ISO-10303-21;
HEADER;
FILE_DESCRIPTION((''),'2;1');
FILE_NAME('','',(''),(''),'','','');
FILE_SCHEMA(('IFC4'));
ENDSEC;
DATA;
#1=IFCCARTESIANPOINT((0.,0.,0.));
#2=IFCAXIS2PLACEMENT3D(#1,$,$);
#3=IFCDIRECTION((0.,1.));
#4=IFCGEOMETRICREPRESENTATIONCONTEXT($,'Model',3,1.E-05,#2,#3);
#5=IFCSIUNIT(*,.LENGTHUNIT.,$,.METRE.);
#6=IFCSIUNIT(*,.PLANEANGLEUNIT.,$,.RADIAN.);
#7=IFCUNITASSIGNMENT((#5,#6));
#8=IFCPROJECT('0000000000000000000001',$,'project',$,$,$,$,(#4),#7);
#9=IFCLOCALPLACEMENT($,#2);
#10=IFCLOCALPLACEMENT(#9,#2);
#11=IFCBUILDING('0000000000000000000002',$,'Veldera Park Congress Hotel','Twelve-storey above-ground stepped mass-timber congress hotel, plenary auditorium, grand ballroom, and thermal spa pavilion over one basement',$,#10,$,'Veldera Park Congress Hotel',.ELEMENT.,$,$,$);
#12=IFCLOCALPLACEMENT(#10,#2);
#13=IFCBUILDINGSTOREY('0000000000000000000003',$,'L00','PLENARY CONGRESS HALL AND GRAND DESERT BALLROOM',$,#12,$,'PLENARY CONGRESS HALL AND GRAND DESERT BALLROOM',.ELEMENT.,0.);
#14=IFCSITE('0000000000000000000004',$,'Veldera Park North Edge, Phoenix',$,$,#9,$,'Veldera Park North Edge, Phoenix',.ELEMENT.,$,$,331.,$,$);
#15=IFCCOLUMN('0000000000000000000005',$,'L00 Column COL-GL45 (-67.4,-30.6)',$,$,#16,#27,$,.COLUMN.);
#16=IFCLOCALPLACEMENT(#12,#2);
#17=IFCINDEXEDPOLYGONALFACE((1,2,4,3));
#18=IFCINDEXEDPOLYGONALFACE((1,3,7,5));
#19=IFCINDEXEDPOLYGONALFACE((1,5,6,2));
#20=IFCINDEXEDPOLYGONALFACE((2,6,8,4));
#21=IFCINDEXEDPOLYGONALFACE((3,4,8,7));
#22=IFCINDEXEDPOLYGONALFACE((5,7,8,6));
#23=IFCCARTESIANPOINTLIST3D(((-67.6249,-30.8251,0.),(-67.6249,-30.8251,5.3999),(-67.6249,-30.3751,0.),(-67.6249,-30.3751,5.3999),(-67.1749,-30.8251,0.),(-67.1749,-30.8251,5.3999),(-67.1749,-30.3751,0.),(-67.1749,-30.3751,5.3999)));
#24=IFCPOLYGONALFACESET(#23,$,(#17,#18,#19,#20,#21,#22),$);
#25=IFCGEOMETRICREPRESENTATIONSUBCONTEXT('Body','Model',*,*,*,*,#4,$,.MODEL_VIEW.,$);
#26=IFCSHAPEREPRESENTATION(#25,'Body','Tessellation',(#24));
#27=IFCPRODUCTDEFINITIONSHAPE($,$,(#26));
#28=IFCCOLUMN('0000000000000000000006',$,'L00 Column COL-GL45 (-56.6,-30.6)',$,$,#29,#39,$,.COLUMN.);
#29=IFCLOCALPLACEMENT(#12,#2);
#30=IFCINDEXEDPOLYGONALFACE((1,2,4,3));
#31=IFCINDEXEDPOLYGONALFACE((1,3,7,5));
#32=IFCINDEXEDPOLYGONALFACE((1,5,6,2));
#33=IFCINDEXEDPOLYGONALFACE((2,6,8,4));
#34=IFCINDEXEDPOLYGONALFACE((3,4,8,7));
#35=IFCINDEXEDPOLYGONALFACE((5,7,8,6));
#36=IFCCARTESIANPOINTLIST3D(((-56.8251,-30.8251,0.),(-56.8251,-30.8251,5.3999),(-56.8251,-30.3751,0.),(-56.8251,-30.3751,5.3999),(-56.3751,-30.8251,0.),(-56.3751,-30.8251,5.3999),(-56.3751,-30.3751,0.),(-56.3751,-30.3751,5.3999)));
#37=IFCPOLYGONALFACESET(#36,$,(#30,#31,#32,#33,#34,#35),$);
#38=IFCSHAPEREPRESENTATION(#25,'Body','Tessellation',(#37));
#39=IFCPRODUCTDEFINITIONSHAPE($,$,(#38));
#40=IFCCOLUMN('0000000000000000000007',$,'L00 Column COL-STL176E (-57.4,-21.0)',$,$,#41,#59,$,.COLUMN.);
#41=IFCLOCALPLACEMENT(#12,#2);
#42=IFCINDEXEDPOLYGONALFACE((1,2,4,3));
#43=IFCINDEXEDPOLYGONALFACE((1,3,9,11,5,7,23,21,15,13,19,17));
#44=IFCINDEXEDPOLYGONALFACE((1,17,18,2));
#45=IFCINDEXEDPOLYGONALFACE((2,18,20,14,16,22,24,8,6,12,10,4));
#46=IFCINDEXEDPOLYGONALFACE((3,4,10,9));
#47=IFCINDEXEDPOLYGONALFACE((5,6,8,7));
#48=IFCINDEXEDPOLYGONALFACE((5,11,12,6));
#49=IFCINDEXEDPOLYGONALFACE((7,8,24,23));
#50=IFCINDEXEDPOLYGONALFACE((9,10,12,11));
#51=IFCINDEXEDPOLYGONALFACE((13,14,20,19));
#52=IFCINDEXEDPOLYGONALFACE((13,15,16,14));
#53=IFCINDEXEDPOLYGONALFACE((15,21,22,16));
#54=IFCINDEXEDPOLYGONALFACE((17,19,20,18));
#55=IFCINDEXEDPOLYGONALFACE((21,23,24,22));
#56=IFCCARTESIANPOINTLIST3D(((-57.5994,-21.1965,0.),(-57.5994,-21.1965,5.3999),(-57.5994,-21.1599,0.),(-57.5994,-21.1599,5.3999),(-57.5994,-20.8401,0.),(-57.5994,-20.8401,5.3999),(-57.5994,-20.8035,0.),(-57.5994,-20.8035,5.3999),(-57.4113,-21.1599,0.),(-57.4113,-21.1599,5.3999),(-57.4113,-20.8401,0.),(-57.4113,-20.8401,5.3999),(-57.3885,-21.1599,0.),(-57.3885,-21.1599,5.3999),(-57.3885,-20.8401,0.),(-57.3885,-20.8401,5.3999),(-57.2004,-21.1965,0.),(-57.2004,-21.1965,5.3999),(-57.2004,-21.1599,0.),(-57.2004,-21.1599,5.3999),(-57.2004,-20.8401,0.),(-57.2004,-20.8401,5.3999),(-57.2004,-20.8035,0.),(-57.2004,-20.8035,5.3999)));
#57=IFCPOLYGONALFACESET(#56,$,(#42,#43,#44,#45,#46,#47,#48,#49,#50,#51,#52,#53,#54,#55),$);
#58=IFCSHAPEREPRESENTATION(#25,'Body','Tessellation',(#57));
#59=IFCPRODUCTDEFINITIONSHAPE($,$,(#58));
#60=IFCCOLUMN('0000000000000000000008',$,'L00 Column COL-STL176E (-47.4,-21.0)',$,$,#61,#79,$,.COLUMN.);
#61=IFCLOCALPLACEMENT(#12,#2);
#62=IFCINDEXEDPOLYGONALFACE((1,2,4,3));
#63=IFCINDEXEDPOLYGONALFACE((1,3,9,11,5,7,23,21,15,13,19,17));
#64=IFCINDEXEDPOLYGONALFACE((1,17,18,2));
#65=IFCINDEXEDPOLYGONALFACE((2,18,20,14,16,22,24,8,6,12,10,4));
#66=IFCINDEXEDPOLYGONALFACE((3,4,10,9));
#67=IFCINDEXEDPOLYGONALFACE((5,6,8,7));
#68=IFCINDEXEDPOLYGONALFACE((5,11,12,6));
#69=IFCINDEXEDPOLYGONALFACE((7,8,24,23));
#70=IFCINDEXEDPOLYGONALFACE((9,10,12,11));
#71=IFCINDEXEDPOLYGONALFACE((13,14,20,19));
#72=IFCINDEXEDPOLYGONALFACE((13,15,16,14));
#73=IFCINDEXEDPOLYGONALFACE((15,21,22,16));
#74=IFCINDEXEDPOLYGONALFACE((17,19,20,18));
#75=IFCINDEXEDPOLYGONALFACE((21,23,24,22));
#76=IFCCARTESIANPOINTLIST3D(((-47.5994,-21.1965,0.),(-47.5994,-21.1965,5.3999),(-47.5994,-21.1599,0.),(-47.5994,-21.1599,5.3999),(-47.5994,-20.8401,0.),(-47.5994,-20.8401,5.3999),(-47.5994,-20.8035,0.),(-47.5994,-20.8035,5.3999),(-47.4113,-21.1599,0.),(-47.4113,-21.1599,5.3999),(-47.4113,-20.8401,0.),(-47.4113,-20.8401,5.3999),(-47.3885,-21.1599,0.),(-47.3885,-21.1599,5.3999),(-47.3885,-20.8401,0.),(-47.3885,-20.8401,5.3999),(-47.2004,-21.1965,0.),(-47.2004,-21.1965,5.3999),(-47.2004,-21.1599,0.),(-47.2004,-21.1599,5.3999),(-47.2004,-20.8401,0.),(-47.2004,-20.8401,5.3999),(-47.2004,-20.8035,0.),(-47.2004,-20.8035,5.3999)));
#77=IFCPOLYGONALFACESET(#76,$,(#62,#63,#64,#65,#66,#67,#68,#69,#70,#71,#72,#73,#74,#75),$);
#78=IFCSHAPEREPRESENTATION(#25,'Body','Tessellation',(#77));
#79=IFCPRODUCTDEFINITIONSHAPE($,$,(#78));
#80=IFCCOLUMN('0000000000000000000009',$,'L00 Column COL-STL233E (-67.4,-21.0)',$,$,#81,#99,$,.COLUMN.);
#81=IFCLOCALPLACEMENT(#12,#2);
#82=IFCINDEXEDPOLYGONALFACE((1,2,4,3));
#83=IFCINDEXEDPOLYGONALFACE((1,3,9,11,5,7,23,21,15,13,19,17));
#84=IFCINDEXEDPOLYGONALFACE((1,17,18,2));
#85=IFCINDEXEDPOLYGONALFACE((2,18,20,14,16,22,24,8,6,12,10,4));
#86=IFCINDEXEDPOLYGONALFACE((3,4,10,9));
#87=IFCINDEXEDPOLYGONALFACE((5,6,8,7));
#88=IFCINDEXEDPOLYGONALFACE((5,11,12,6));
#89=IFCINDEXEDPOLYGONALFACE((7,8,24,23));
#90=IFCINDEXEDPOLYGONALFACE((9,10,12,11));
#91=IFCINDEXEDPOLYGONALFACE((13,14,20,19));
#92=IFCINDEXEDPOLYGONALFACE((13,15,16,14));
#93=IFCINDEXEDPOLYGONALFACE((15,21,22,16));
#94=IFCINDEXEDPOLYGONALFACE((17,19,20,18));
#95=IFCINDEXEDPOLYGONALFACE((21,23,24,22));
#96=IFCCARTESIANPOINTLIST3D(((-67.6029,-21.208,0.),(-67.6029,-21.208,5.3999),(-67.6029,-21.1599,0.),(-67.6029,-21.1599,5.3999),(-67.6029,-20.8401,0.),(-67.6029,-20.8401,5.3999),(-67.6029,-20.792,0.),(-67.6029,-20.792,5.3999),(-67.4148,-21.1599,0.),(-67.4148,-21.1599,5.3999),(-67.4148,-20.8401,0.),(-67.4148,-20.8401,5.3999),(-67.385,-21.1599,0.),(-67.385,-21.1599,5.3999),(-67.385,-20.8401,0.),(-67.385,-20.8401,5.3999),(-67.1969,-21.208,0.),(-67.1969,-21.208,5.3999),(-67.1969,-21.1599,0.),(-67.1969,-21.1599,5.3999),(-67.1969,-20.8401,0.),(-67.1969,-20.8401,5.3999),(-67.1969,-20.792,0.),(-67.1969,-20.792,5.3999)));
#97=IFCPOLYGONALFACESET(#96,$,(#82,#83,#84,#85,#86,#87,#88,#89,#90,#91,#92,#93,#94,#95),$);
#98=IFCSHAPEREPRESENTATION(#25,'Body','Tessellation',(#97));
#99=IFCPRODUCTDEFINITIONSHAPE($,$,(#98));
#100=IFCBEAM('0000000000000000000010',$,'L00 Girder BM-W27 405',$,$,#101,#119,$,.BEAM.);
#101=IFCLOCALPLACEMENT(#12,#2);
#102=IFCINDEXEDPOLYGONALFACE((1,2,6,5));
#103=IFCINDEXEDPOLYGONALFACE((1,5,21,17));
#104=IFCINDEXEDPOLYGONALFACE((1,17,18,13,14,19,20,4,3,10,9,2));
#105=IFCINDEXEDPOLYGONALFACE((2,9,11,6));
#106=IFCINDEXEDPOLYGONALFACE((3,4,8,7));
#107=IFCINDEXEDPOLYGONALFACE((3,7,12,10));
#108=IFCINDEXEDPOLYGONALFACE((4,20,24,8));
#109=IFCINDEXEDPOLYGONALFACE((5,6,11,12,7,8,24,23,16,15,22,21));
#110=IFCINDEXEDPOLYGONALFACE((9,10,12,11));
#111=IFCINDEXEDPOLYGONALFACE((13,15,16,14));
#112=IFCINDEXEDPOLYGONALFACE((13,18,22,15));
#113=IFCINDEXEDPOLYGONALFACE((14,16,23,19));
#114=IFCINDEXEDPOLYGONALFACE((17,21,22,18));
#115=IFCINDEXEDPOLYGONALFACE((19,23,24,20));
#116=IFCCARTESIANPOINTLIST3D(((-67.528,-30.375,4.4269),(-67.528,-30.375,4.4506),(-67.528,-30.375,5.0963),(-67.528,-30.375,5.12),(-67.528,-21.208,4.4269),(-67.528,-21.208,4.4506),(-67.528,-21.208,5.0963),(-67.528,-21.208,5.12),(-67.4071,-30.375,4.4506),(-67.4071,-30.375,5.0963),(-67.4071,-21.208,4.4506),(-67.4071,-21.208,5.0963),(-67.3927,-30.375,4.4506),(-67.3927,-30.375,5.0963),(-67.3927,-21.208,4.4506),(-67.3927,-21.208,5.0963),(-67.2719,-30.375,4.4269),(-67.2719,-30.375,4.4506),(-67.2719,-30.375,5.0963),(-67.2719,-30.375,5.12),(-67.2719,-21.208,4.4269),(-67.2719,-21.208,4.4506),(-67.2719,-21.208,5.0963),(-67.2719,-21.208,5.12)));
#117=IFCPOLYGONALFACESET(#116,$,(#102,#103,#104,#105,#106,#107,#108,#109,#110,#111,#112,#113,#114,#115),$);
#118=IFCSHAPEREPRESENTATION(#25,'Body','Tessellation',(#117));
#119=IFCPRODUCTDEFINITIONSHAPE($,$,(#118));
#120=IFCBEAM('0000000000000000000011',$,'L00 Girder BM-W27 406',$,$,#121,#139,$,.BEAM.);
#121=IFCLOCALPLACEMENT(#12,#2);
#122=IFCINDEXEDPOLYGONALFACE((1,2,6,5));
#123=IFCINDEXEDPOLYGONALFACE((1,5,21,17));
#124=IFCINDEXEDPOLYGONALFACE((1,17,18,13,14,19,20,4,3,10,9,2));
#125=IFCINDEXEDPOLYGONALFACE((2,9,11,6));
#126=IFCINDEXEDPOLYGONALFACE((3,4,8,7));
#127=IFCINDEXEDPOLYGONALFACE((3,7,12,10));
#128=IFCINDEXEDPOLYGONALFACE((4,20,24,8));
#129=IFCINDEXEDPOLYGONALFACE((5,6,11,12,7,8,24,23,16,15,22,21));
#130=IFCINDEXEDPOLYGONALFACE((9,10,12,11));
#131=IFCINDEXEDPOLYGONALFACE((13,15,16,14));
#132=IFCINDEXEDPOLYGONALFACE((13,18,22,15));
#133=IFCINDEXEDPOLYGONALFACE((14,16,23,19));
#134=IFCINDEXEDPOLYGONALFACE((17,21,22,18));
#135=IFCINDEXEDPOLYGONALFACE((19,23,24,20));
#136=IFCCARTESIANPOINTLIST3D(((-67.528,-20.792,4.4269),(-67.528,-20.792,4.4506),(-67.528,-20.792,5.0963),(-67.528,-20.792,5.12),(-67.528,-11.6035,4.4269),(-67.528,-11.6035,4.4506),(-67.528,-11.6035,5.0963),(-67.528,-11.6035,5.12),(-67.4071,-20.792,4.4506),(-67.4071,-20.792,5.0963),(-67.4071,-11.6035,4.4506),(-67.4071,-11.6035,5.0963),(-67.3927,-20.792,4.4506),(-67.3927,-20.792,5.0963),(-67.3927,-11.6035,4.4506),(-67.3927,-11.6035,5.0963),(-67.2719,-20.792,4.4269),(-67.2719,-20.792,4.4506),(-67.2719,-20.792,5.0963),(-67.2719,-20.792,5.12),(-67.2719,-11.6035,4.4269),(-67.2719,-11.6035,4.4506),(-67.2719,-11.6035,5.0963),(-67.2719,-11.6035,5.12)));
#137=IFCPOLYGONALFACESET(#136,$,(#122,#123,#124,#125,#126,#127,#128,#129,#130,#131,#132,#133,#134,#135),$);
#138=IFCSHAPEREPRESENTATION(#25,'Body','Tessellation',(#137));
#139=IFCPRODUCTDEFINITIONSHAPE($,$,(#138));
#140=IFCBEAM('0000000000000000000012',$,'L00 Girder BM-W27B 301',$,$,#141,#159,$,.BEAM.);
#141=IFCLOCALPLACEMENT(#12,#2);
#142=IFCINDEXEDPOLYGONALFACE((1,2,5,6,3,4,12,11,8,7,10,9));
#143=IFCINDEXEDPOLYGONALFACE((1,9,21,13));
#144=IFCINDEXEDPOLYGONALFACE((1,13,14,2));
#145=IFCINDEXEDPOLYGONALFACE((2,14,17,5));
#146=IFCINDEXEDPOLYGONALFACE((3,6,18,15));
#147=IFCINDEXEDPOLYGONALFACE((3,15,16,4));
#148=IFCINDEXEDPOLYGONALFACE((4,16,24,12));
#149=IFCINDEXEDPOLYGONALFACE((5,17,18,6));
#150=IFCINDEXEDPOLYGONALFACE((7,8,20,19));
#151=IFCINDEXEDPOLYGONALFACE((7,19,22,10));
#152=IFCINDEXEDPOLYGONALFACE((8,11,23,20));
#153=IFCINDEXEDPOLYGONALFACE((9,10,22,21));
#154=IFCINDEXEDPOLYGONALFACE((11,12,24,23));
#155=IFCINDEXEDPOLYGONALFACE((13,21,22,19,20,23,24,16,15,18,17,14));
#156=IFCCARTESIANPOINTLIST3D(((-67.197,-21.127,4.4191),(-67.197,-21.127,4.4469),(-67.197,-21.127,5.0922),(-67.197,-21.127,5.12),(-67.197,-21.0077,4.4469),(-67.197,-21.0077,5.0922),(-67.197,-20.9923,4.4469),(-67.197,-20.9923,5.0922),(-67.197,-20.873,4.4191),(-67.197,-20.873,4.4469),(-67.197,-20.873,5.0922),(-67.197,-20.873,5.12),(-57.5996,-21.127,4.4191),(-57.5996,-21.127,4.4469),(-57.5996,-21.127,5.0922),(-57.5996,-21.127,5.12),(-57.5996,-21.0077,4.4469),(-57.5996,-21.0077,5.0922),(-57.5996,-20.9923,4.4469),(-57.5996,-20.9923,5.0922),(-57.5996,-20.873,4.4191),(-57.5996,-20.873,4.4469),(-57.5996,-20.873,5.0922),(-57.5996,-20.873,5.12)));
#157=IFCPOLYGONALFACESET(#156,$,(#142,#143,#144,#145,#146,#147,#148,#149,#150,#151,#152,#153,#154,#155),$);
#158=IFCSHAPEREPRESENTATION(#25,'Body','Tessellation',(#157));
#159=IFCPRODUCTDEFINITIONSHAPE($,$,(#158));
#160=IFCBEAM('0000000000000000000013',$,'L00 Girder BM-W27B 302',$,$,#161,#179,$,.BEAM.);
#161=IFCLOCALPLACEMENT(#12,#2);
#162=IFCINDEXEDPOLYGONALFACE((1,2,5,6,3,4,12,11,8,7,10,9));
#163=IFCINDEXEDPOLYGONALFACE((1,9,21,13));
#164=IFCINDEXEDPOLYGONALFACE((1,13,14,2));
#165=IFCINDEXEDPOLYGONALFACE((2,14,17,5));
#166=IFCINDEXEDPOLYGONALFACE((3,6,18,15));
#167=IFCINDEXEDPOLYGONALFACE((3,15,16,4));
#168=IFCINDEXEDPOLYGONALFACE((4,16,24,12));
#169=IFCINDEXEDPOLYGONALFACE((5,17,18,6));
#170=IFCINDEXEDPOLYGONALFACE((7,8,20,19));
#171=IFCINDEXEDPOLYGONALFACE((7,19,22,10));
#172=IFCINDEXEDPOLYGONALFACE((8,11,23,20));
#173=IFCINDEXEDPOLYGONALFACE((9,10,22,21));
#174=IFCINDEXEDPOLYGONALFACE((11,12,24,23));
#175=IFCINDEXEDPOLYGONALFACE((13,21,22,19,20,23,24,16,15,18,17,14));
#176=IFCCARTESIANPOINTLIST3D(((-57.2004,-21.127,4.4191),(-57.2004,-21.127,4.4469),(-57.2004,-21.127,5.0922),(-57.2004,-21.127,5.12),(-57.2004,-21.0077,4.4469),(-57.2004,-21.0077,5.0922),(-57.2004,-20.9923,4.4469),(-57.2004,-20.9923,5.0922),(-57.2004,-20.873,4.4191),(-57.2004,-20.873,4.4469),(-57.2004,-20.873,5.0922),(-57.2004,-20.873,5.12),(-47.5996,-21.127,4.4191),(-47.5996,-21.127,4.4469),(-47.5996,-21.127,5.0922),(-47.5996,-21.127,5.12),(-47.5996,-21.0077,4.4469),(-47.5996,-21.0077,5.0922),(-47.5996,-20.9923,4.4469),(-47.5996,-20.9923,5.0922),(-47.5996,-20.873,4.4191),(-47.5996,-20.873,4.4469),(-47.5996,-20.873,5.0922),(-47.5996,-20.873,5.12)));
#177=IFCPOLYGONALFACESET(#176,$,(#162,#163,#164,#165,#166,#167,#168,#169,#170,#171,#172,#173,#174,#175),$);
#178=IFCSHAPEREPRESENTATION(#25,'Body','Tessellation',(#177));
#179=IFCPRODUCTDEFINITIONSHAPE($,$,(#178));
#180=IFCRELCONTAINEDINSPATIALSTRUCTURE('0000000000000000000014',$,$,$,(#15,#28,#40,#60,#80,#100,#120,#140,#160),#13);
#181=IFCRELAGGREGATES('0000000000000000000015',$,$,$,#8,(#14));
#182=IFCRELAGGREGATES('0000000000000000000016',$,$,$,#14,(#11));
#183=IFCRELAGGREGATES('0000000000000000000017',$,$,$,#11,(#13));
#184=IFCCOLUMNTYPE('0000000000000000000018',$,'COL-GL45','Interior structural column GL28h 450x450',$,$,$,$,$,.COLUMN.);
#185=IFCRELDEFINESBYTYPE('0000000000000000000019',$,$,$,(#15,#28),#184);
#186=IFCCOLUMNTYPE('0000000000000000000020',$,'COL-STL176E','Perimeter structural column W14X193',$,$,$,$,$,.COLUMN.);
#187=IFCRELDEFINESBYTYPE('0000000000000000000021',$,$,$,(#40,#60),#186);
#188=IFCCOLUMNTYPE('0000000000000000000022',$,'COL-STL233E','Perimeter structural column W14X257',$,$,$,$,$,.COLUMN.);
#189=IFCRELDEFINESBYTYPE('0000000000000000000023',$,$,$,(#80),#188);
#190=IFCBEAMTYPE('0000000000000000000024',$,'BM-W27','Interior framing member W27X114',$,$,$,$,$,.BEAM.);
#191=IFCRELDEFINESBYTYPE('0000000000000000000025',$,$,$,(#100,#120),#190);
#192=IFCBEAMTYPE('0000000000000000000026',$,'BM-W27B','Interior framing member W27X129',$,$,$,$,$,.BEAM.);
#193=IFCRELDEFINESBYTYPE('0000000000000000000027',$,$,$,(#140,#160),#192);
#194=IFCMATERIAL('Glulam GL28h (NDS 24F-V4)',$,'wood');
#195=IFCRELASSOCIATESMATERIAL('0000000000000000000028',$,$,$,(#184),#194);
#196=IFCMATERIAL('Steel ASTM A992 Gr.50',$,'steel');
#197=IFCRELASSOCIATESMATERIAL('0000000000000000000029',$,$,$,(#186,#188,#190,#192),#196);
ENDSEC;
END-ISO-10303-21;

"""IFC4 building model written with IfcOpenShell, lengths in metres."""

from ifc_helpers import new_model, si_unit, direction, frame, origin, origin_2d, place, context, subcontext, project, spatial, rectangle, i_section, extrude, material, material_profile, profile_set, type_object, element, save


model = new_model("IFC4")

# Units and contexts
model_context = context("Model", 3, precision=1e-05, world=origin(), true_north=direction((0.0, 1.0)))
body_context = subcontext(model_context, "Body", "Model", "MODEL_VIEW")
ifc_project = project(units=[si_unit("LENGTHUNIT", "METRE"), si_unit("PLANEANGLEUNIT", "RADIAN")], contexts=[model_context])

# Site, building, storey
site_placement = place(None, origin())
site = spatial("IfcSite", under=ifc_project, at=site_placement, Name="Veldera Park North Edge, Phoenix", LongName="Veldera Park North Edge, Phoenix", CompositionType="ELEMENT", RefElevation=331.0)
building_placement = place(site_placement, origin())
building = spatial("IfcBuilding", under=site, at=building_placement, Name="Veldera Park Congress Hotel", Description="Twelve-storey above-ground stepped mass-timber congress hotel, plenary auditorium, grand ballroom, and thermal spa pavilion over one basement", LongName="Veldera Park Congress Hotel", CompositionType="ELEMENT")
storey_placement = place(building_placement, origin())
storey = spatial("IfcBuildingStorey", under=building, at=storey_placement, Name="L00", Description="PLENARY CONGRESS HALL AND GRAND DESERT BALLROOM", LongName="PLENARY CONGRESS HALL AND GRAND DESERT BALLROOM", CompositionType="ELEMENT", Elevation=0.0)

# Columns
ifc_material_1 = material(Name="Glulam GL28h (NDS 24F-V4)", Category="wood")
ifc_material_profile_1 = material_profile(ifc_material_1, rectangle(XDim=0.45, YDim=0.45, at=origin_2d()), Name="GL28h 450x450")
ifc_profile_set_1 = profile_set([ifc_material_profile_1], Name="Glulam GL28h (NDS 24F-V4)")
column_type_1 = type_object("IfcColumnType", Name="COL-GL45", Description="Interior structural column GL28h 450x450", PredefinedType="COLUMN", material=ifc_profile_set_1)
for number, where, z_axis, x_axis, name in (
    (1, (-67.3999, -30.6001, 0.0), (0.0, 0.0, 1.0), (1.0, 0.0, 0.0), "L00 Column COL-GL45 (-67.4,-30.6)"),
    (2, (-56.6001, -30.6001, 0.0), (0.0, 0.0, 1.0), (1.0, 0.0, 0.0), "L00 Column COL-GL45 (-56.6,-30.6)"),
):
    element("IfcColumn", number, at=place(storey_placement, frame(where, z_axis=z_axis, x_axis=x_axis)), inside=storey, type_object=column_type_1, Name=name, PredefinedType="COLUMN", context=body_context, shape_type="SweptSolid", body=[
        extrude(rectangle(XDim=0.45, YDim=0.45, at=origin_2d()), origin(), (0.0, 0.0, 1.0), 5.3999),
    ])
ifc_material_2 = material(Name="Steel ASTM A992 Gr.50", Category="steel")
ifc_material_profile_2 = material_profile(ifc_material_2, i_section(OverallWidth=0.3989, OverallDepth=0.3931, WebThickness=0.0227, FlangeThickness=0.0366, at=origin_2d()), Name="W14X193")
ifc_profile_set_2 = profile_set([ifc_material_profile_2], Name="Steel ASTM A992 Gr.50")
column_type_2 = type_object("IfcColumnType", Name="COL-STL176E", Description="Perimeter structural column W14X193", PredefinedType="COLUMN", material=ifc_profile_set_2)
for number, where, z_axis, x_axis, name in (
    (3, (-57.3999, -21.0, 0.0), (0.0, 0.0, 1.0), (1.0, 0.0, 0.0), "L00 Column COL-STL176E (-57.4,-21.0)"),
    (4, (-47.3999, -21.0, 0.0), (0.0, 0.0, 1.0), (1.0, 0.0, 0.0), "L00 Column COL-STL176E (-47.4,-21.0)"),
):
    element("IfcColumn", number, at=place(storey_placement, frame(where, z_axis=z_axis, x_axis=x_axis)), inside=storey, type_object=column_type_2, Name=name, PredefinedType="COLUMN", context=body_context, shape_type="SweptSolid", body=[
        extrude(i_section(OverallWidth=0.3989, OverallDepth=0.3931, WebThickness=0.0227, FlangeThickness=0.0366, at=origin_2d()), origin(), (0.0, 0.0, 1.0), 5.3999),
    ])
ifc_material_profile_3 = material_profile(ifc_material_2, i_section(OverallWidth=0.406, OverallDepth=0.416, WebThickness=0.0298, FlangeThickness=0.0481, at=origin_2d()), Name="W14X257")
ifc_profile_set_3 = profile_set([ifc_material_profile_3], Name="Steel ASTM A992 Gr.50")
column_type_3 = type_object("IfcColumnType", Name="COL-STL233E", Description="Perimeter structural column W14X257", PredefinedType="COLUMN", material=ifc_profile_set_3)
column_placement = place(storey_placement, frame((-67.3999, -21.0, 0.0), z_axis=(0.0, 0.0, 1.0), x_axis=(1.0, 0.0, 0.0)))
element("IfcColumn", 5, at=column_placement, inside=storey, type_object=column_type_3, Name="L00 Column COL-STL233E (-67.4,-21.0)", PredefinedType="COLUMN", context=body_context, shape_type="SweptSolid", body=[
    extrude(i_section(OverallWidth=0.406, OverallDepth=0.416, WebThickness=0.0298, FlangeThickness=0.0481, at=origin_2d()), origin(), (0.0, 0.0, 1.0), 5.3999),
])

# Beams
ifc_material_profile_4 = material_profile(ifc_material_2, i_section(OverallWidth=0.2561, OverallDepth=0.6931, WebThickness=0.0144, FlangeThickness=0.0237, at=origin_2d()), Name="W27X114")
ifc_profile_set_4 = profile_set([ifc_material_profile_4], Name="Steel ASTM A992 Gr.50")
beam_type_1 = type_object("IfcBeamType", Name="BM-W27", Description="Interior framing member W27X114", PredefinedType="BEAM", material=ifc_profile_set_4)
beam_1_placement = place(storey_placement, frame((-67.3999, -30.375, 4.7734), z_axis=(0.0, 1.0, 0.0), x_axis=(-1.0, 0.0, 0.0)))
element("IfcBeam", 6, at=beam_1_placement, inside=storey, type_object=beam_type_1, Name="L00 Girder BM-W27 405", PredefinedType="BEAM", context=body_context, shape_type="SweptSolid", body=[
    extrude(i_section(OverallWidth=0.2561, OverallDepth=0.6931, WebThickness=0.0144, FlangeThickness=0.0237, at=origin_2d()), origin(), (0.0, 0.0, 1.0), 9.167),
])
beam_2_placement = place(storey_placement, frame((-67.3999, -20.792, 4.7734), z_axis=(0.0, 1.0, 0.0), x_axis=(-1.0, 0.0, 0.0)))
element("IfcBeam", 7, at=beam_2_placement, inside=storey, type_object=beam_type_1, Name="L00 Girder BM-W27 406", PredefinedType="BEAM", context=body_context, shape_type="SweptSolid", body=[
    extrude(i_section(OverallWidth=0.2561, OverallDepth=0.6931, WebThickness=0.0144, FlangeThickness=0.0237, at=origin_2d()), origin(), (0.0, 0.0, 1.0), 9.1885),
])
ifc_material_profile_5 = material_profile(ifc_material_2, i_section(OverallWidth=0.2539, OverallDepth=0.7009, WebThickness=0.0154, FlangeThickness=0.0278, at=origin_2d()), Name="W27X129")
ifc_profile_set_5 = profile_set([ifc_material_profile_5], Name="Steel ASTM A992 Gr.50")
beam_type_2 = type_object("IfcBeamType", Name="BM-W27B", Description="Interior framing member W27X129", PredefinedType="BEAM", material=ifc_profile_set_5)
beam_3_placement = place(storey_placement, frame((-67.197, -21.0, 4.7695), z_axis=(1.0, 0.0, 0.0), x_axis=(0.0, 1.0, 0.0)))
element("IfcBeam", 8, at=beam_3_placement, inside=storey, type_object=beam_type_2, Name="L00 Girder BM-W27B 301", PredefinedType="BEAM", context=body_context, shape_type="SweptSolid", body=[
    extrude(i_section(OverallWidth=0.2539, OverallDepth=0.7009, WebThickness=0.0154, FlangeThickness=0.0278, at=origin_2d()), origin(), (0.0, 0.0, 1.0), 9.5974),
])
for number, where, z_axis, x_axis, name in (
    (9, (-57.2004, -21.0, 4.7695), (1.0, 0.0, 0.0), (0.0, 1.0, 0.0), "L00 Girder BM-W27B 302"),
):
    element("IfcBeam", number, at=place(storey_placement, frame(where, z_axis=z_axis, x_axis=x_axis)), inside=storey, type_object=beam_type_2, Name=name, PredefinedType="BEAM", context=body_context, shape_type="SweptSolid", body=[
        extrude(i_section(OverallWidth=0.2539, OverallDepth=0.7009, WebThickness=0.0154, FlangeThickness=0.0278, at=origin_2d()), origin(), (0.0, 0.0, 1.0), 9.6008),
    ])

save(model, "model.ifc")
